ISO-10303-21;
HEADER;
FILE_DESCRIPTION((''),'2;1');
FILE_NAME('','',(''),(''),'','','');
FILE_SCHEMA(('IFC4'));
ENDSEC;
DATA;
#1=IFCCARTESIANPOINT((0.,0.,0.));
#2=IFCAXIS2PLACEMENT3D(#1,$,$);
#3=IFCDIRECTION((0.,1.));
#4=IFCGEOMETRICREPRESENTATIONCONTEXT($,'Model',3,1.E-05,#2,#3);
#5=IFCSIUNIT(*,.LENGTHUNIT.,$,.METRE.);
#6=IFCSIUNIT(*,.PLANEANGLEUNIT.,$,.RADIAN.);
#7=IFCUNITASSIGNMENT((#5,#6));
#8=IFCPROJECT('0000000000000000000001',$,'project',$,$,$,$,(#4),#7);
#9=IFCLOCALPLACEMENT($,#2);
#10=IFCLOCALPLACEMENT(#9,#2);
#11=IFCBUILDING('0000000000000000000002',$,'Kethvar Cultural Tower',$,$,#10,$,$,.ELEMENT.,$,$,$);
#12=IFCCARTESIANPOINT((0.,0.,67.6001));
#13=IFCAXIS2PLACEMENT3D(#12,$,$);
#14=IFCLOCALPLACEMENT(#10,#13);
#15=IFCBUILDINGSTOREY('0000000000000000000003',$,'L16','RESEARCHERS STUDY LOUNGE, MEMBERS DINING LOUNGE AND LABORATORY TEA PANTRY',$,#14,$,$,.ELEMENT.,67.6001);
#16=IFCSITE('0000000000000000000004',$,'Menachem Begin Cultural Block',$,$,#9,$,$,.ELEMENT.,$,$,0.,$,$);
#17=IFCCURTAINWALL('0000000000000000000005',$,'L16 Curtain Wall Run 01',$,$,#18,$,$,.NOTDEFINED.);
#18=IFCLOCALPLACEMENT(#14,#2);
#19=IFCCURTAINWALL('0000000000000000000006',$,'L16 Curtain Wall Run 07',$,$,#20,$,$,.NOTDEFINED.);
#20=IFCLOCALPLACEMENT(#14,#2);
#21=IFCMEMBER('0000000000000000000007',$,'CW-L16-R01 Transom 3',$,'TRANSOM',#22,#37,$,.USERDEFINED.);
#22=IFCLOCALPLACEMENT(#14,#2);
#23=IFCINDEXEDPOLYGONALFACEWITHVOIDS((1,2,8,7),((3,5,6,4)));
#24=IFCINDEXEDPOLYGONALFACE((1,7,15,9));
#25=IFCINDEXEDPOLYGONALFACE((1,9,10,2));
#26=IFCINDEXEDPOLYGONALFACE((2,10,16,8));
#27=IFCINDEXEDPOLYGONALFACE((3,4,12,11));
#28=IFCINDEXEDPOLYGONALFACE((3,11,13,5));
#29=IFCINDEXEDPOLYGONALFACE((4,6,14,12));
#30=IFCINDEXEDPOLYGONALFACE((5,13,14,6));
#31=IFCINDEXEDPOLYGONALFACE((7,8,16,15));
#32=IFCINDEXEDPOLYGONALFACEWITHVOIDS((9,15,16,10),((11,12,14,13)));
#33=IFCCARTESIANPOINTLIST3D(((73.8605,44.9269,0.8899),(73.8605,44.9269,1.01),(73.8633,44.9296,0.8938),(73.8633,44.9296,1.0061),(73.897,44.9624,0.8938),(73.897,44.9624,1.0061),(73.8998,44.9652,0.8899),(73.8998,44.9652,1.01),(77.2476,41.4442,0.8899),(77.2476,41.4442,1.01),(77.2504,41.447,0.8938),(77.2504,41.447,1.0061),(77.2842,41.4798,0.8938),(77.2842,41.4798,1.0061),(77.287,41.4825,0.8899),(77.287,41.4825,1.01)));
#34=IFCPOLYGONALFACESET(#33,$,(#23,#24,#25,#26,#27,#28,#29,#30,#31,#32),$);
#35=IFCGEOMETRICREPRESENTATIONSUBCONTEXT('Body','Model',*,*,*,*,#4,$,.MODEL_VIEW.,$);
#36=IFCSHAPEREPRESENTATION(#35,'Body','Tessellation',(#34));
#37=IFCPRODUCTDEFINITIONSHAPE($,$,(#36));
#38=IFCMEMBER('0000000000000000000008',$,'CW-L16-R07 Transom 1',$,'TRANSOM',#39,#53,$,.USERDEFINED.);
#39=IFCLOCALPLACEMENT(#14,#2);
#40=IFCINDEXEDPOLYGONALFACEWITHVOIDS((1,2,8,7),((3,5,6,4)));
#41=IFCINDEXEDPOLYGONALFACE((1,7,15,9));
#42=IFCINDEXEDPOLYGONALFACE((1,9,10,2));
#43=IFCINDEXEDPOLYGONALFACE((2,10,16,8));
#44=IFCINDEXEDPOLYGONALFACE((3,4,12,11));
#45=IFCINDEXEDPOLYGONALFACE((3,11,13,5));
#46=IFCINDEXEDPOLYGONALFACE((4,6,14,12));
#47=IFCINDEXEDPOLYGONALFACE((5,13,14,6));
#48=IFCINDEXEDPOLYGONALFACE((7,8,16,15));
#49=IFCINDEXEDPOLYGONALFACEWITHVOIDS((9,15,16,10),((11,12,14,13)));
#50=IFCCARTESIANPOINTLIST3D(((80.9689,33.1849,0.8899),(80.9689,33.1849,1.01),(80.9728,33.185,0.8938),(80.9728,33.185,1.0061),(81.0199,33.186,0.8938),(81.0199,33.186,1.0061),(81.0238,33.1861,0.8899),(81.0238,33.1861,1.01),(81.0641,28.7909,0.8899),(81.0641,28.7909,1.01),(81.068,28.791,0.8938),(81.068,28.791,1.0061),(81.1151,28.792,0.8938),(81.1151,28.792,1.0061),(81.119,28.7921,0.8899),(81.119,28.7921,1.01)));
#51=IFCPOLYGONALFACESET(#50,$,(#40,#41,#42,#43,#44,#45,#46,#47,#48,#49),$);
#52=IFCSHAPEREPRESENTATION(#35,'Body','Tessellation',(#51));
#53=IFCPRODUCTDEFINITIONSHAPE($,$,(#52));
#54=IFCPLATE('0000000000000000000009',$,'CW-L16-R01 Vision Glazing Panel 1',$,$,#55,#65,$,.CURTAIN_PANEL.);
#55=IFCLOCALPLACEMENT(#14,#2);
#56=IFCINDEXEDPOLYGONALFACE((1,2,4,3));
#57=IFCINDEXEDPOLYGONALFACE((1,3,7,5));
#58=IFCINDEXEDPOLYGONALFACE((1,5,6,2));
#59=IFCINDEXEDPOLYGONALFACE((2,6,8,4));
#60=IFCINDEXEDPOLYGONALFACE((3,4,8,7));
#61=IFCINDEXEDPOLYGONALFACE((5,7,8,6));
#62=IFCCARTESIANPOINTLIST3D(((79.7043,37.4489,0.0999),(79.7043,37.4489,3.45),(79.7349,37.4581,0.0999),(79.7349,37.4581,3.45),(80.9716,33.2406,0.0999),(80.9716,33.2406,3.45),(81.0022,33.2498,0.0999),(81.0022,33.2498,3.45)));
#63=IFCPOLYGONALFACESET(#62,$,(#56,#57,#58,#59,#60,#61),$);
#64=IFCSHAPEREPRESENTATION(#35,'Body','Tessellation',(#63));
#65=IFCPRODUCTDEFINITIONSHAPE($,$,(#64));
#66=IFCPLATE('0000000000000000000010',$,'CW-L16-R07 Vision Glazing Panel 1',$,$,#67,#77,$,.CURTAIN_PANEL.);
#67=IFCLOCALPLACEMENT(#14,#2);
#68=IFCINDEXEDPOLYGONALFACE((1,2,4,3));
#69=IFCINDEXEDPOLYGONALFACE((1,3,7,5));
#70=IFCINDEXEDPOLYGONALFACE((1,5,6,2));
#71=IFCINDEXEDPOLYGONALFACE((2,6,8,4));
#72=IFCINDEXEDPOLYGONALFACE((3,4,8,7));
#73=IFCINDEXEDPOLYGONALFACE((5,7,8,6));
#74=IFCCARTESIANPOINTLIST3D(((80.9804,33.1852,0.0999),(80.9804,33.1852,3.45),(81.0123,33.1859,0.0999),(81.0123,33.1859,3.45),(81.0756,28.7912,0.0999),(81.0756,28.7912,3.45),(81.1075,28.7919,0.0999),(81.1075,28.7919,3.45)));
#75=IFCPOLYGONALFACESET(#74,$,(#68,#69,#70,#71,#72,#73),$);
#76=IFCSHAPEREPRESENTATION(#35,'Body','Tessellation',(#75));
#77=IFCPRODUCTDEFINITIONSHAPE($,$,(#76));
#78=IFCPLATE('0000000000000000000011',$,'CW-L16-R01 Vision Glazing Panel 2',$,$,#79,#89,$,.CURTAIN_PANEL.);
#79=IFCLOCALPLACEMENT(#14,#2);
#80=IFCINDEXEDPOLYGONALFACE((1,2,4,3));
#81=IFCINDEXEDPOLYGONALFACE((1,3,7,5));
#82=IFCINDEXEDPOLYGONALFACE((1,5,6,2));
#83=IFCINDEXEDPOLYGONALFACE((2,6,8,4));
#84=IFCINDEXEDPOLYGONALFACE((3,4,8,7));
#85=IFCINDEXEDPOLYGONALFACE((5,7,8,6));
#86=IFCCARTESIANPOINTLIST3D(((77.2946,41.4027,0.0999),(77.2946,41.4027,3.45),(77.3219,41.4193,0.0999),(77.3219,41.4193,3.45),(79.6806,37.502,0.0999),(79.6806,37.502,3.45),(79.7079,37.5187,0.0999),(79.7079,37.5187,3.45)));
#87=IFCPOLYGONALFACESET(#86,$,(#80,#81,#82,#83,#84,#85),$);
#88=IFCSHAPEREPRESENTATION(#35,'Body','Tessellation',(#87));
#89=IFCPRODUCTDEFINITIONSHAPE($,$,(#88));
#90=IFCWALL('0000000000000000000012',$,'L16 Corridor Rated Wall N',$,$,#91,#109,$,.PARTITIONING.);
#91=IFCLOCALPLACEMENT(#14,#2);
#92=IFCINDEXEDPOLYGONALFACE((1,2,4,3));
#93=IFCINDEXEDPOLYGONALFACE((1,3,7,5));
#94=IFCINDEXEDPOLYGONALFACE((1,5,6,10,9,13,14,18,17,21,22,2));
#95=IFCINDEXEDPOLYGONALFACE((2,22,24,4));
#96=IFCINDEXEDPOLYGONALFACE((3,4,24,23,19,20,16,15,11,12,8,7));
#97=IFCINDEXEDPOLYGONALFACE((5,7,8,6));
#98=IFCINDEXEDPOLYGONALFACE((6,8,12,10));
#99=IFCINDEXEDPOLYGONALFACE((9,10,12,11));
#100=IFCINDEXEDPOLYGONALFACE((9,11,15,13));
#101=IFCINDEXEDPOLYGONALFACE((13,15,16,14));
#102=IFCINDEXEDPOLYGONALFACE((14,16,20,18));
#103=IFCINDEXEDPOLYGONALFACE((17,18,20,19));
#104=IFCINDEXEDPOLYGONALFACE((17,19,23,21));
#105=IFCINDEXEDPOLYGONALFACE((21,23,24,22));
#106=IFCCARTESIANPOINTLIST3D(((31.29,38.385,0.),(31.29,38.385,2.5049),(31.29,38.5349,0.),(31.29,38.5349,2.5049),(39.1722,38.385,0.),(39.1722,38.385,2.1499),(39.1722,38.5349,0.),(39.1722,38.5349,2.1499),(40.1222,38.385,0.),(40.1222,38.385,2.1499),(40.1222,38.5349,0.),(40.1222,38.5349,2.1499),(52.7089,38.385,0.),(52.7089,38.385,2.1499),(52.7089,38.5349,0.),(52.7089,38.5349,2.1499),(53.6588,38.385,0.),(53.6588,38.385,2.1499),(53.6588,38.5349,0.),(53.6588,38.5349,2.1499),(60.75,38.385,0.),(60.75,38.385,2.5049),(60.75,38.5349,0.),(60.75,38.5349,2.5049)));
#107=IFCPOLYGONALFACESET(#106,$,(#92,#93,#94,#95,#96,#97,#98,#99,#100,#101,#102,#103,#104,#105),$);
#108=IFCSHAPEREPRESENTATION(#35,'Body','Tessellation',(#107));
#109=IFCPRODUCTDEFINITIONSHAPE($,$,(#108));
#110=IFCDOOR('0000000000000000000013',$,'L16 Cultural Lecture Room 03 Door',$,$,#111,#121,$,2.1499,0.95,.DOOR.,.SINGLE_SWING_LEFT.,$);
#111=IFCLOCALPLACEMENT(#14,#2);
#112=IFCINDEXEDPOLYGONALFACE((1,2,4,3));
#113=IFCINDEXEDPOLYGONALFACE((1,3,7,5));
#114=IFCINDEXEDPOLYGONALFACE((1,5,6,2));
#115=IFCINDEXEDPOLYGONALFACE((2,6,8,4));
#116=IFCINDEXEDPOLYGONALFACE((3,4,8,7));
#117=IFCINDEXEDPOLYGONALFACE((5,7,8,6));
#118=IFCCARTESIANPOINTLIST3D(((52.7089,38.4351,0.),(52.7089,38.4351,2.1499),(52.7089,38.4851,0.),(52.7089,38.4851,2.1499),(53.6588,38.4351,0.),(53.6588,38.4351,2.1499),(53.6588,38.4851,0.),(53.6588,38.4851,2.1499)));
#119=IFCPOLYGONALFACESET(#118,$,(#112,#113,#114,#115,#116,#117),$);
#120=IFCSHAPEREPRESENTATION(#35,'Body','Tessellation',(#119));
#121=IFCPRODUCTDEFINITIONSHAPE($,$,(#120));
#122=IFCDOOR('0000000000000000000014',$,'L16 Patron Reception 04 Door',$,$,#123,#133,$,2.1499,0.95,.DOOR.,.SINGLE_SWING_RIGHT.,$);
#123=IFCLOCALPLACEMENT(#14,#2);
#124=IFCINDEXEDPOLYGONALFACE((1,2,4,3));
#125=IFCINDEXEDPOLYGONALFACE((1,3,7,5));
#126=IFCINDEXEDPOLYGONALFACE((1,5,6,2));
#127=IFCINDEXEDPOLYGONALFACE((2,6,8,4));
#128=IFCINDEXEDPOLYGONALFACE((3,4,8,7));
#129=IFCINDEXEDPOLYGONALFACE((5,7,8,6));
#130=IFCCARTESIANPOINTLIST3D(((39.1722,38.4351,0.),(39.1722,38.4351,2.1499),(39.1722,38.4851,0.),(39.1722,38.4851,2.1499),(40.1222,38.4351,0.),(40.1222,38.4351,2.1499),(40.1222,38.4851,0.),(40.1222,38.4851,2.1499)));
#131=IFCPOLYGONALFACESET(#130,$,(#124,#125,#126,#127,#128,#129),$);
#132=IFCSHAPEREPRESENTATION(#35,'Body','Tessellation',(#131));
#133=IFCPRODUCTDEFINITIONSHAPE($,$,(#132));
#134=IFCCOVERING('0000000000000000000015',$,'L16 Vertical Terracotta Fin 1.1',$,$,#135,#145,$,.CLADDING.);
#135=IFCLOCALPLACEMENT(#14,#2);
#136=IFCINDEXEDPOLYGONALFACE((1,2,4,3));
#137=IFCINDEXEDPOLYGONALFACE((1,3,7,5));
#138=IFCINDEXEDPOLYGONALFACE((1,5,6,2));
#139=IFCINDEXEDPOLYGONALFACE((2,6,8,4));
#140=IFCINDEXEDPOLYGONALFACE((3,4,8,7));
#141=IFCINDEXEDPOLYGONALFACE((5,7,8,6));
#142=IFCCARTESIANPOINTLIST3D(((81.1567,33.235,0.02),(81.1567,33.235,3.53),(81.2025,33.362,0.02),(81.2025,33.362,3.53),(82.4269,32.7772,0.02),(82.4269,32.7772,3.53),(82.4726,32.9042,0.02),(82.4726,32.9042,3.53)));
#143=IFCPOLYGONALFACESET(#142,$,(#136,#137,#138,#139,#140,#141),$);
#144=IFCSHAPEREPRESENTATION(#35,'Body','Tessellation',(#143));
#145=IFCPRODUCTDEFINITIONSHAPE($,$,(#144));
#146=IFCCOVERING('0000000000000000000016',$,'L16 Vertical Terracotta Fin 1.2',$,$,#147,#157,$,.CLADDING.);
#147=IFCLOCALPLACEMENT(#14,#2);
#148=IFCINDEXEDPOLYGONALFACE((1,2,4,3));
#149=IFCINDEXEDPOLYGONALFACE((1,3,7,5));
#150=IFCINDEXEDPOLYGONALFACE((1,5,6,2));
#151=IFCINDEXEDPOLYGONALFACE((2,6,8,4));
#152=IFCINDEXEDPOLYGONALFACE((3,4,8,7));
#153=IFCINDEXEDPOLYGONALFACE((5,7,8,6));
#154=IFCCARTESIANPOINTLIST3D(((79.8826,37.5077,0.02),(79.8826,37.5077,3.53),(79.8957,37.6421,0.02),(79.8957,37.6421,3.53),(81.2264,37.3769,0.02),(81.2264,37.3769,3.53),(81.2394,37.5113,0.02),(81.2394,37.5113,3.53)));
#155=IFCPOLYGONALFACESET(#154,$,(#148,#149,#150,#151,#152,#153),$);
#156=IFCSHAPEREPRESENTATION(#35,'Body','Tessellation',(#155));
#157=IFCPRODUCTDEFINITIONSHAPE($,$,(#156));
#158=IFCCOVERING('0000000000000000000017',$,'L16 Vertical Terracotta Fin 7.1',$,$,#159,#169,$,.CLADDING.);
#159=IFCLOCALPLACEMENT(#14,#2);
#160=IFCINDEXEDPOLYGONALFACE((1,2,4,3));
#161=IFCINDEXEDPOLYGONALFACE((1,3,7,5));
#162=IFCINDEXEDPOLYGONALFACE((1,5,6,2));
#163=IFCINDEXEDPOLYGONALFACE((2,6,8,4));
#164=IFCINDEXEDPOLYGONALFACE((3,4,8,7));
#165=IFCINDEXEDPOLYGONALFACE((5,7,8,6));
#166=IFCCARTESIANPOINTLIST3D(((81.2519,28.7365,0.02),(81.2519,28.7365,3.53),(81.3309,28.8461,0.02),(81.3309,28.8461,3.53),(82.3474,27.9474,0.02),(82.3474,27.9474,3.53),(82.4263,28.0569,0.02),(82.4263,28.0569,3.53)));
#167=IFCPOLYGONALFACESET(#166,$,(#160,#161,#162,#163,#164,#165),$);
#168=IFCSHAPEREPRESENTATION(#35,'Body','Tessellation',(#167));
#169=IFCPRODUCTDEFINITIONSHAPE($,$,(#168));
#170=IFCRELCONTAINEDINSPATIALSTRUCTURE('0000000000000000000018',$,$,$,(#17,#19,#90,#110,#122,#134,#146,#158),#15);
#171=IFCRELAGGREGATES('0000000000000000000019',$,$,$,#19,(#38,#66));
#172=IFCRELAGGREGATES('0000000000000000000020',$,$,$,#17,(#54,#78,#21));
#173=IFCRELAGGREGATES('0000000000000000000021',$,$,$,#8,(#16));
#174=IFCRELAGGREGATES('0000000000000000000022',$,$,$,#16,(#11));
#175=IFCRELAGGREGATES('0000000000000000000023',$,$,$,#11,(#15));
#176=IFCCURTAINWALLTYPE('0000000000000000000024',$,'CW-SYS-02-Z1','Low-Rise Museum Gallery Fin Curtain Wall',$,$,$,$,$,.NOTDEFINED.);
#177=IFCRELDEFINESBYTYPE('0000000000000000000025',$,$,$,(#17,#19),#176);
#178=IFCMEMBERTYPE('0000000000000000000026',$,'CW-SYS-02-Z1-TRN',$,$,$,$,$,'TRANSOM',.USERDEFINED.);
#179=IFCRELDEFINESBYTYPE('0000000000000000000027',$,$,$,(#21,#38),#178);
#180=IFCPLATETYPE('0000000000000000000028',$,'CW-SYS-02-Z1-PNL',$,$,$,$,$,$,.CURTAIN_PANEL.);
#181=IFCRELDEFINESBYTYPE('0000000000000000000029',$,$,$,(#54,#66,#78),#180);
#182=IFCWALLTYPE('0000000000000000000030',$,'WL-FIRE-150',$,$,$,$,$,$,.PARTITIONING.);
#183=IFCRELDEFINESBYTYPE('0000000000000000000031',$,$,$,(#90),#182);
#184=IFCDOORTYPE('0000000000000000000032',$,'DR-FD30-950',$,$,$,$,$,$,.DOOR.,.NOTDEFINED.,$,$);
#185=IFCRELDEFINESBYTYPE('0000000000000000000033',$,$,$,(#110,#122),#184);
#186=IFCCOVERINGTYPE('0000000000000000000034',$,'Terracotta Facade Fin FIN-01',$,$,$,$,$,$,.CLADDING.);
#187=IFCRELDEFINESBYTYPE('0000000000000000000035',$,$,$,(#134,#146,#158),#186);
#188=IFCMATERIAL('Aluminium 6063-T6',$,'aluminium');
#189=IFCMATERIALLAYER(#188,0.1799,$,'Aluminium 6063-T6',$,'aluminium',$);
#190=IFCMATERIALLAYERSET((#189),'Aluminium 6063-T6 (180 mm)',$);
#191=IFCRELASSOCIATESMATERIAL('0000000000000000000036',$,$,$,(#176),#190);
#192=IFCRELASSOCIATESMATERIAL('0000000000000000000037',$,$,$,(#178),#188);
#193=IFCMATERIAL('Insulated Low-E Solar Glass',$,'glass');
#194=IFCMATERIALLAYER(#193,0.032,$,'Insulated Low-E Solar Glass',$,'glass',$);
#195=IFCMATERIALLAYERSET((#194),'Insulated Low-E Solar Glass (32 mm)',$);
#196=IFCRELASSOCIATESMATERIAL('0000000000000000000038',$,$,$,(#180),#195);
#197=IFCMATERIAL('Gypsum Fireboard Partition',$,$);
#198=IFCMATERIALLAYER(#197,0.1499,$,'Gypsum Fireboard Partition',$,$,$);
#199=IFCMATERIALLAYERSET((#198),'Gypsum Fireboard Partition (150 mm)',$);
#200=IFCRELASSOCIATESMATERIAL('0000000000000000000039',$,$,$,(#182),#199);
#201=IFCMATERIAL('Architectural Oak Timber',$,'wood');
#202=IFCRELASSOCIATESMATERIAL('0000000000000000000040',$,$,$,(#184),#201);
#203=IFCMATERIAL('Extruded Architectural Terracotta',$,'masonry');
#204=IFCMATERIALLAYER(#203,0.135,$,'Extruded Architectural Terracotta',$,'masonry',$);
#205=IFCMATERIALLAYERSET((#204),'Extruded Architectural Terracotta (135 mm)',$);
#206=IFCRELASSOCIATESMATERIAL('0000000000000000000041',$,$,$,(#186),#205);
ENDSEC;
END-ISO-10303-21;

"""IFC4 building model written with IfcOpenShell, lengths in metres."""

from ifc_helpers import new_model, si_unit, direction, frame, frame_2d, origin, origin_2d, place, context, subcontext, project, spatial, rectangle, hollow_rectangle, extrude, source, transform, mapped, material, layer, layer_set, material_profile, profile_set, type_object, element, fill, aggregate, save


model = new_model("IFC4")

# Units and contexts
model_context = context("Model", 3, precision=1e-05, world=origin(), true_north=direction((0.0, 1.0)))
body_context = subcontext(model_context, "Body", "Model", "MODEL_VIEW")
ifc_project = project(units=[si_unit("LENGTHUNIT", "METRE"), si_unit("PLANEANGLEUNIT", "RADIAN")], contexts=[model_context])

# Site, building, storey
site_placement = place(None, origin())
site = spatial("IfcSite", under=ifc_project, at=site_placement, Name="Menachem Begin Cultural Block", CompositionType="ELEMENT", RefElevation=0.0)
building_placement = place(site_placement, origin())
building = spatial("IfcBuilding", under=site, at=building_placement, Name="Kethvar Cultural Tower", CompositionType="ELEMENT")
storey_placement = place(building_placement, frame((0.0, 0.0, 67.6001)))
storey = spatial("IfcBuildingStorey", under=building, at=storey_placement, Name="L16", Description="RESEARCHERS STUDY LOUNGE, MEMBERS DINING LOUNGE AND LABORATORY TEA PANTRY", CompositionType="ELEMENT", Elevation=67.6001)

# Curtain wall
ifc_material_1 = material(Name="Aluminium 6063-T6", Category="aluminium")
ifc_layer_1 = layer(ifc_material_1, 0.1799, Name="Aluminium 6063-T6", Category="aluminium")
ifc_layer_set_1 = layer_set([ifc_layer_1], Name="Aluminium 6063-T6 (180 mm)")
curtain_wall_type = type_object("IfcCurtainWallType", Name="CW-SYS-02-Z1", Description="Low-Rise Museum Gallery Fin Curtain Wall", PredefinedType="NOTDEFINED", material=ifc_layer_set_1)
curtain_wall_1_placement = place(storey_placement, origin())
curtain_wall_1 = element("IfcCurtainWall", 1, at=curtain_wall_1_placement, inside=storey, type_object=curtain_wall_type, Name="L16 Curtain Wall Run 01", PredefinedType="NOTDEFINED")

# Curtain wall
curtain_wall_2_placement = place(storey_placement, origin())
curtain_wall_2 = element("IfcCurtainWall", 2, at=curtain_wall_2_placement, inside=storey, type_object=curtain_wall_type, Name="L16 Curtain Wall Run 07", PredefinedType="NOTDEFINED")

# Members
ifc_material_profile_1 = material_profile(ifc_material_1, hollow_rectangle(XDim=0.0549, YDim=0.1201, WallThickness=0.0039, at=origin_2d()), Name="Aluminium 6063-T6 — RHS120x55x4")
ifc_profile_set_1 = profile_set([ifc_material_profile_1], Name="Aluminium 6063-T6 — RHS120x55x4")
member_type_1 = type_object("IfcMemberType", Name="CW-SYS-02-Z1-TRN", ElementType="TRANSOM", PredefinedType="USERDEFINED", material=ifc_profile_set_1)
shared_shape_1 = source(origin(), body_context, "Body", "SweptSolid", [
    extrude(hollow_rectangle(XDim=0.0549, YDim=0.1201, WallThickness=0.0039, at=origin_2d()), origin(), (0.0, 0.0, 1.0), 4.8582),
])
member_1_placement = place(storey_placement, frame((77.2673, 41.4634, 0.95), z_axis=(-0.697214, 0.716863, 0.0), x_axis=(-0.716863, -0.697214, 0.0)))
member_1 = element("IfcMember", 3, at=member_1_placement, type_object=member_type_1, Name="CW-L16-R01 Transom 3", ObjectType="TRANSOM", PredefinedType="USERDEFINED", context=body_context, shape_type="MappedRepresentation", body=[
    mapped(shared_shape_1, transform((0.0, 0.0, 0.0), scale=1.0)),
])
shared_shape_2 = source(origin(), body_context, "Body", "SweptSolid", [
    extrude(hollow_rectangle(XDim=0.0549, YDim=0.1201, WallThickness=0.0039, at=origin_2d()), origin(), (0.0, 0.0, 1.0), 4.395),
])
member_2_placement = place(storey_placement, frame((81.0916, 28.7915, 0.95), z_axis=(-0.021664, 0.999765, 0.0), x_axis=(-0.999765, -0.021664, 0.0)))
member_2 = element("IfcMember", 4, at=member_2_placement, type_object=member_type_1, Name="CW-L16-R07 Transom 1", ObjectType="TRANSOM", PredefinedType="USERDEFINED", context=body_context, shape_type="MappedRepresentation", body=[
    mapped(shared_shape_2, transform((0.0, 0.0, 0.0), scale=1.0)),
])

# Plates
ifc_material_2 = material(Name="Insulated Low-E Solar Glass", Category="glass")
ifc_layer_2 = layer(ifc_material_2, 0.032, Name="Insulated Low-E Solar Glass", Category="glass")
ifc_layer_set_2 = layer_set([ifc_layer_2], Name="Insulated Low-E Solar Glass (32 mm)")
plate_type = type_object("IfcPlateType", Name="CW-SYS-02-Z1-PNL", PredefinedType="CURTAIN_PANEL", material=ifc_layer_set_2)
shared_shape_3 = source(origin(), body_context, "Body", "SweptSolid", [
    extrude(rectangle(XDim=4.395, YDim=0.032, at=origin_2d()), origin(), (0.0, 0.0, 1.0), 3.3501),
])
plate_1_placement = place(storey_placement, frame((80.3533, 35.3494, 0.0999), z_axis=(0.0, 0.0, 1.0), x_axis=(-0.288347, 0.957526, 0.0)))
plate_1 = element("IfcPlate", 5, at=plate_1_placement, type_object=plate_type, Name="CW-L16-R01 Vision Glazing Panel 1", PredefinedType="CURTAIN_PANEL", context=body_context, shape_type="MappedRepresentation", body=[
    mapped(shared_shape_3, transform((0.0, 0.0, 0.0), scale=1.0)),
])
plate_2_placement = place(storey_placement, frame((81.0439, 30.9885, 0.0999), z_axis=(0.0, 0.0, 1.0), x_axis=(-0.021658, 0.999765, 0.0)))
plate_2 = element("IfcPlate", 6, at=plate_2_placement, type_object=plate_type, Name="CW-L16-R07 Vision Glazing Panel 1", PredefinedType="CURTAIN_PANEL", context=body_context, shape_type="MappedRepresentation", body=[
    mapped(shared_shape_3, transform((0.0, 0.0, 0.0), scale=1.0)),
])
aggregate(curtain_wall_2, [member_2, plate_2])
shared_shape_4 = source(origin(), body_context, "Body", "SweptSolid", [
    extrude(rectangle(XDim=4.5725, YDim=0.032, at=origin_2d()), origin(), (0.0, 0.0, 1.0), 3.3501),
])
plate_3_placement = place(storey_placement, frame((78.5012, 39.4607, 0.0999), z_axis=(0.0, 0.0, 1.0), x_axis=(-0.521814, 0.853059, 0.0)))
plate_3 = element("IfcPlate", 7, at=plate_3_placement, type_object=plate_type, Name="CW-L16-R01 Vision Glazing Panel 2", PredefinedType="CURTAIN_PANEL", context=body_context, shape_type="MappedRepresentation", body=[
    mapped(shared_shape_4, transform((0.0, 0.0, 0.0), scale=1.0)),
])
aggregate(curtain_wall_1, [plate_1, plate_3, member_1])

# Wall, openings, doors
ifc_material_3 = material(Name="Gypsum Fireboard Partition")
ifc_layer_3 = layer(ifc_material_3, 0.1499, Name="Gypsum Fireboard Partition")
ifc_layer_set_3 = layer_set([ifc_layer_3], Name="Gypsum Fireboard Partition (150 mm)")
wall_type = type_object("IfcWallType", Name="WL-FIRE-150", PredefinedType="PARTITIONING", material=ifc_layer_set_3)
wall_placement = place(storey_placement, frame((60.75, 38.46, 0.0), z_axis=(0.0, 0.0, 1.0), x_axis=(-1.0, 0.0, 0.0)))
wall = element("IfcWall", 8, at=wall_placement, inside=storey, type_object=wall_type, Name="L16 Corridor Rated Wall N", PredefinedType="PARTITIONING", context=body_context, shape_type="SweptSolid", body=[
    extrude(rectangle(XDim=29.46, YDim=0.1499, at=frame_2d((14.73, 0.0))), origin(), (0.0, 0.0, 1.0), 2.5049),
])
opening_1_placement = place(wall_placement, frame((7.0911, 0.0, 0.0)))
opening_1 = element("IfcOpeningElement", 9, at=opening_1_placement, cuts=wall, PredefinedType="OPENING", context=body_context, shape_type="SweptSolid", body=[
    extrude(rectangle(XDim=0.95, YDim=2.1499, at=frame_2d((0.4751, 1.075))), frame((0.0, 0.085, 0.0), z_axis=(0.0, -1.0, 0.0), x_axis=(1.0, 0.0, 0.0)), (0.0, 0.0, 1.0), 0.1699),
])
opening_2_placement = place(wall_placement, frame((20.6277, 0.0, 0.0)))
opening_2 = element("IfcOpeningElement", 10, at=opening_2_placement, cuts=wall, PredefinedType="OPENING", context=body_context, shape_type="SweptSolid", body=[
    extrude(rectangle(XDim=0.95, YDim=2.1499, at=frame_2d((0.4751, 1.075))), frame((0.0, 0.085, 0.0), z_axis=(0.0, -1.0, 0.0), x_axis=(1.0, 0.0, 0.0)), (0.0, 0.0, 1.0), 0.1699),
])
ifc_material_4 = material(Name="Architectural Oak Timber", Category="wood")
door_type = type_object("IfcDoorType", Name="DR-FD30-950", OperationType="NOTDEFINED", PredefinedType="DOOR", material=ifc_material_4)
shared_shape_5 = source(origin(), body_context, "Body", "SweptSolid", [
    extrude(rectangle(XDim=0.95, YDim=2.1499, at=frame_2d((0.4751, 1.075))), frame((0.0, 0.0249, 0.0), z_axis=(0.0, -1.0, 0.0), x_axis=(1.0, 0.0, 0.0)), (0.0, 0.0, 1.0), 0.05),
])
door_1_placement = place(opening_1_placement, origin())
door_1 = element("IfcDoor", 11, at=door_1_placement, inside=storey, type_object=door_type, Name="L16 Cultural Lecture Room 03 Door", OperationType="SINGLE_SWING_LEFT", OverallHeight=2.1499, OverallWidth=0.95, PredefinedType="DOOR", context=body_context, shape_type="MappedRepresentation", body=[
    mapped(shared_shape_5, transform((0.0, 0.0, 0.0), scale=1.0)),
])
fill(opening_1, door_1)
door_2_placement = place(opening_2_placement, origin())
door_2 = element("IfcDoor", 12, at=door_2_placement, inside=storey, type_object=door_type, Name="L16 Patron Reception 04 Door", OperationType="SINGLE_SWING_RIGHT", OverallHeight=2.1499, OverallWidth=0.95, PredefinedType="DOOR", context=body_context, shape_type="MappedRepresentation", body=[
    mapped(shared_shape_5, transform((0.0, 0.0, 0.0), scale=1.0)),
])
fill(opening_2, door_2)

# Coverings
ifc_material_5 = material(Name="Extruded Architectural Terracotta", Category="masonry")
ifc_layer_4 = layer(ifc_material_5, 0.135, Name="Extruded Architectural Terracotta", Category="masonry")
ifc_layer_set_4 = layer_set([ifc_layer_4], Name="Extruded Architectural Terracotta (135 mm)")
covering_type = type_object("IfcCoveringType", Name="Terracotta Facade Fin FIN-01", PredefinedType="CLADDING", material=ifc_layer_set_4)
shared_shape_6 = source(origin(), body_context, "Body", "SweptSolid", [
    extrude(rectangle(XDim=1.3501, YDim=0.135, at=origin_2d()), origin(), (0.0, 0.0, 1.0), 3.51),
])
for number, where, z_axis, x_axis, name in (
    (13, (81.8147, 33.0696, 0.02), (0.0, 0.0, 1.0), (0.940762, -0.339066, 0.0), "L16 Vertical Terracotta Fin 1.1"),
    (14, (80.561, 37.5095, 0.02), (0.0, 0.0, 1.0), (0.995295, -0.096888, 0.0), "L16 Vertical Terracotta Fin 1.2"),
    (15, (81.8391, 28.3967, 0.02), (0.0, 0.0, 1.0), (0.81137, -0.584533, 0.0), "L16 Vertical Terracotta Fin 7.1"),
):
    element("IfcCovering", number, at=place(storey_placement, frame(where, z_axis=z_axis, x_axis=x_axis)), inside=storey, type_object=covering_type, Name=name, PredefinedType="CLADDING", context=body_context, shape_type="MappedRepresentation", body=[
        mapped(shared_shape_6, transform((0.0, 0.0, 0.0), scale=1.0)),
    ])

save(model, "model.ifc")
